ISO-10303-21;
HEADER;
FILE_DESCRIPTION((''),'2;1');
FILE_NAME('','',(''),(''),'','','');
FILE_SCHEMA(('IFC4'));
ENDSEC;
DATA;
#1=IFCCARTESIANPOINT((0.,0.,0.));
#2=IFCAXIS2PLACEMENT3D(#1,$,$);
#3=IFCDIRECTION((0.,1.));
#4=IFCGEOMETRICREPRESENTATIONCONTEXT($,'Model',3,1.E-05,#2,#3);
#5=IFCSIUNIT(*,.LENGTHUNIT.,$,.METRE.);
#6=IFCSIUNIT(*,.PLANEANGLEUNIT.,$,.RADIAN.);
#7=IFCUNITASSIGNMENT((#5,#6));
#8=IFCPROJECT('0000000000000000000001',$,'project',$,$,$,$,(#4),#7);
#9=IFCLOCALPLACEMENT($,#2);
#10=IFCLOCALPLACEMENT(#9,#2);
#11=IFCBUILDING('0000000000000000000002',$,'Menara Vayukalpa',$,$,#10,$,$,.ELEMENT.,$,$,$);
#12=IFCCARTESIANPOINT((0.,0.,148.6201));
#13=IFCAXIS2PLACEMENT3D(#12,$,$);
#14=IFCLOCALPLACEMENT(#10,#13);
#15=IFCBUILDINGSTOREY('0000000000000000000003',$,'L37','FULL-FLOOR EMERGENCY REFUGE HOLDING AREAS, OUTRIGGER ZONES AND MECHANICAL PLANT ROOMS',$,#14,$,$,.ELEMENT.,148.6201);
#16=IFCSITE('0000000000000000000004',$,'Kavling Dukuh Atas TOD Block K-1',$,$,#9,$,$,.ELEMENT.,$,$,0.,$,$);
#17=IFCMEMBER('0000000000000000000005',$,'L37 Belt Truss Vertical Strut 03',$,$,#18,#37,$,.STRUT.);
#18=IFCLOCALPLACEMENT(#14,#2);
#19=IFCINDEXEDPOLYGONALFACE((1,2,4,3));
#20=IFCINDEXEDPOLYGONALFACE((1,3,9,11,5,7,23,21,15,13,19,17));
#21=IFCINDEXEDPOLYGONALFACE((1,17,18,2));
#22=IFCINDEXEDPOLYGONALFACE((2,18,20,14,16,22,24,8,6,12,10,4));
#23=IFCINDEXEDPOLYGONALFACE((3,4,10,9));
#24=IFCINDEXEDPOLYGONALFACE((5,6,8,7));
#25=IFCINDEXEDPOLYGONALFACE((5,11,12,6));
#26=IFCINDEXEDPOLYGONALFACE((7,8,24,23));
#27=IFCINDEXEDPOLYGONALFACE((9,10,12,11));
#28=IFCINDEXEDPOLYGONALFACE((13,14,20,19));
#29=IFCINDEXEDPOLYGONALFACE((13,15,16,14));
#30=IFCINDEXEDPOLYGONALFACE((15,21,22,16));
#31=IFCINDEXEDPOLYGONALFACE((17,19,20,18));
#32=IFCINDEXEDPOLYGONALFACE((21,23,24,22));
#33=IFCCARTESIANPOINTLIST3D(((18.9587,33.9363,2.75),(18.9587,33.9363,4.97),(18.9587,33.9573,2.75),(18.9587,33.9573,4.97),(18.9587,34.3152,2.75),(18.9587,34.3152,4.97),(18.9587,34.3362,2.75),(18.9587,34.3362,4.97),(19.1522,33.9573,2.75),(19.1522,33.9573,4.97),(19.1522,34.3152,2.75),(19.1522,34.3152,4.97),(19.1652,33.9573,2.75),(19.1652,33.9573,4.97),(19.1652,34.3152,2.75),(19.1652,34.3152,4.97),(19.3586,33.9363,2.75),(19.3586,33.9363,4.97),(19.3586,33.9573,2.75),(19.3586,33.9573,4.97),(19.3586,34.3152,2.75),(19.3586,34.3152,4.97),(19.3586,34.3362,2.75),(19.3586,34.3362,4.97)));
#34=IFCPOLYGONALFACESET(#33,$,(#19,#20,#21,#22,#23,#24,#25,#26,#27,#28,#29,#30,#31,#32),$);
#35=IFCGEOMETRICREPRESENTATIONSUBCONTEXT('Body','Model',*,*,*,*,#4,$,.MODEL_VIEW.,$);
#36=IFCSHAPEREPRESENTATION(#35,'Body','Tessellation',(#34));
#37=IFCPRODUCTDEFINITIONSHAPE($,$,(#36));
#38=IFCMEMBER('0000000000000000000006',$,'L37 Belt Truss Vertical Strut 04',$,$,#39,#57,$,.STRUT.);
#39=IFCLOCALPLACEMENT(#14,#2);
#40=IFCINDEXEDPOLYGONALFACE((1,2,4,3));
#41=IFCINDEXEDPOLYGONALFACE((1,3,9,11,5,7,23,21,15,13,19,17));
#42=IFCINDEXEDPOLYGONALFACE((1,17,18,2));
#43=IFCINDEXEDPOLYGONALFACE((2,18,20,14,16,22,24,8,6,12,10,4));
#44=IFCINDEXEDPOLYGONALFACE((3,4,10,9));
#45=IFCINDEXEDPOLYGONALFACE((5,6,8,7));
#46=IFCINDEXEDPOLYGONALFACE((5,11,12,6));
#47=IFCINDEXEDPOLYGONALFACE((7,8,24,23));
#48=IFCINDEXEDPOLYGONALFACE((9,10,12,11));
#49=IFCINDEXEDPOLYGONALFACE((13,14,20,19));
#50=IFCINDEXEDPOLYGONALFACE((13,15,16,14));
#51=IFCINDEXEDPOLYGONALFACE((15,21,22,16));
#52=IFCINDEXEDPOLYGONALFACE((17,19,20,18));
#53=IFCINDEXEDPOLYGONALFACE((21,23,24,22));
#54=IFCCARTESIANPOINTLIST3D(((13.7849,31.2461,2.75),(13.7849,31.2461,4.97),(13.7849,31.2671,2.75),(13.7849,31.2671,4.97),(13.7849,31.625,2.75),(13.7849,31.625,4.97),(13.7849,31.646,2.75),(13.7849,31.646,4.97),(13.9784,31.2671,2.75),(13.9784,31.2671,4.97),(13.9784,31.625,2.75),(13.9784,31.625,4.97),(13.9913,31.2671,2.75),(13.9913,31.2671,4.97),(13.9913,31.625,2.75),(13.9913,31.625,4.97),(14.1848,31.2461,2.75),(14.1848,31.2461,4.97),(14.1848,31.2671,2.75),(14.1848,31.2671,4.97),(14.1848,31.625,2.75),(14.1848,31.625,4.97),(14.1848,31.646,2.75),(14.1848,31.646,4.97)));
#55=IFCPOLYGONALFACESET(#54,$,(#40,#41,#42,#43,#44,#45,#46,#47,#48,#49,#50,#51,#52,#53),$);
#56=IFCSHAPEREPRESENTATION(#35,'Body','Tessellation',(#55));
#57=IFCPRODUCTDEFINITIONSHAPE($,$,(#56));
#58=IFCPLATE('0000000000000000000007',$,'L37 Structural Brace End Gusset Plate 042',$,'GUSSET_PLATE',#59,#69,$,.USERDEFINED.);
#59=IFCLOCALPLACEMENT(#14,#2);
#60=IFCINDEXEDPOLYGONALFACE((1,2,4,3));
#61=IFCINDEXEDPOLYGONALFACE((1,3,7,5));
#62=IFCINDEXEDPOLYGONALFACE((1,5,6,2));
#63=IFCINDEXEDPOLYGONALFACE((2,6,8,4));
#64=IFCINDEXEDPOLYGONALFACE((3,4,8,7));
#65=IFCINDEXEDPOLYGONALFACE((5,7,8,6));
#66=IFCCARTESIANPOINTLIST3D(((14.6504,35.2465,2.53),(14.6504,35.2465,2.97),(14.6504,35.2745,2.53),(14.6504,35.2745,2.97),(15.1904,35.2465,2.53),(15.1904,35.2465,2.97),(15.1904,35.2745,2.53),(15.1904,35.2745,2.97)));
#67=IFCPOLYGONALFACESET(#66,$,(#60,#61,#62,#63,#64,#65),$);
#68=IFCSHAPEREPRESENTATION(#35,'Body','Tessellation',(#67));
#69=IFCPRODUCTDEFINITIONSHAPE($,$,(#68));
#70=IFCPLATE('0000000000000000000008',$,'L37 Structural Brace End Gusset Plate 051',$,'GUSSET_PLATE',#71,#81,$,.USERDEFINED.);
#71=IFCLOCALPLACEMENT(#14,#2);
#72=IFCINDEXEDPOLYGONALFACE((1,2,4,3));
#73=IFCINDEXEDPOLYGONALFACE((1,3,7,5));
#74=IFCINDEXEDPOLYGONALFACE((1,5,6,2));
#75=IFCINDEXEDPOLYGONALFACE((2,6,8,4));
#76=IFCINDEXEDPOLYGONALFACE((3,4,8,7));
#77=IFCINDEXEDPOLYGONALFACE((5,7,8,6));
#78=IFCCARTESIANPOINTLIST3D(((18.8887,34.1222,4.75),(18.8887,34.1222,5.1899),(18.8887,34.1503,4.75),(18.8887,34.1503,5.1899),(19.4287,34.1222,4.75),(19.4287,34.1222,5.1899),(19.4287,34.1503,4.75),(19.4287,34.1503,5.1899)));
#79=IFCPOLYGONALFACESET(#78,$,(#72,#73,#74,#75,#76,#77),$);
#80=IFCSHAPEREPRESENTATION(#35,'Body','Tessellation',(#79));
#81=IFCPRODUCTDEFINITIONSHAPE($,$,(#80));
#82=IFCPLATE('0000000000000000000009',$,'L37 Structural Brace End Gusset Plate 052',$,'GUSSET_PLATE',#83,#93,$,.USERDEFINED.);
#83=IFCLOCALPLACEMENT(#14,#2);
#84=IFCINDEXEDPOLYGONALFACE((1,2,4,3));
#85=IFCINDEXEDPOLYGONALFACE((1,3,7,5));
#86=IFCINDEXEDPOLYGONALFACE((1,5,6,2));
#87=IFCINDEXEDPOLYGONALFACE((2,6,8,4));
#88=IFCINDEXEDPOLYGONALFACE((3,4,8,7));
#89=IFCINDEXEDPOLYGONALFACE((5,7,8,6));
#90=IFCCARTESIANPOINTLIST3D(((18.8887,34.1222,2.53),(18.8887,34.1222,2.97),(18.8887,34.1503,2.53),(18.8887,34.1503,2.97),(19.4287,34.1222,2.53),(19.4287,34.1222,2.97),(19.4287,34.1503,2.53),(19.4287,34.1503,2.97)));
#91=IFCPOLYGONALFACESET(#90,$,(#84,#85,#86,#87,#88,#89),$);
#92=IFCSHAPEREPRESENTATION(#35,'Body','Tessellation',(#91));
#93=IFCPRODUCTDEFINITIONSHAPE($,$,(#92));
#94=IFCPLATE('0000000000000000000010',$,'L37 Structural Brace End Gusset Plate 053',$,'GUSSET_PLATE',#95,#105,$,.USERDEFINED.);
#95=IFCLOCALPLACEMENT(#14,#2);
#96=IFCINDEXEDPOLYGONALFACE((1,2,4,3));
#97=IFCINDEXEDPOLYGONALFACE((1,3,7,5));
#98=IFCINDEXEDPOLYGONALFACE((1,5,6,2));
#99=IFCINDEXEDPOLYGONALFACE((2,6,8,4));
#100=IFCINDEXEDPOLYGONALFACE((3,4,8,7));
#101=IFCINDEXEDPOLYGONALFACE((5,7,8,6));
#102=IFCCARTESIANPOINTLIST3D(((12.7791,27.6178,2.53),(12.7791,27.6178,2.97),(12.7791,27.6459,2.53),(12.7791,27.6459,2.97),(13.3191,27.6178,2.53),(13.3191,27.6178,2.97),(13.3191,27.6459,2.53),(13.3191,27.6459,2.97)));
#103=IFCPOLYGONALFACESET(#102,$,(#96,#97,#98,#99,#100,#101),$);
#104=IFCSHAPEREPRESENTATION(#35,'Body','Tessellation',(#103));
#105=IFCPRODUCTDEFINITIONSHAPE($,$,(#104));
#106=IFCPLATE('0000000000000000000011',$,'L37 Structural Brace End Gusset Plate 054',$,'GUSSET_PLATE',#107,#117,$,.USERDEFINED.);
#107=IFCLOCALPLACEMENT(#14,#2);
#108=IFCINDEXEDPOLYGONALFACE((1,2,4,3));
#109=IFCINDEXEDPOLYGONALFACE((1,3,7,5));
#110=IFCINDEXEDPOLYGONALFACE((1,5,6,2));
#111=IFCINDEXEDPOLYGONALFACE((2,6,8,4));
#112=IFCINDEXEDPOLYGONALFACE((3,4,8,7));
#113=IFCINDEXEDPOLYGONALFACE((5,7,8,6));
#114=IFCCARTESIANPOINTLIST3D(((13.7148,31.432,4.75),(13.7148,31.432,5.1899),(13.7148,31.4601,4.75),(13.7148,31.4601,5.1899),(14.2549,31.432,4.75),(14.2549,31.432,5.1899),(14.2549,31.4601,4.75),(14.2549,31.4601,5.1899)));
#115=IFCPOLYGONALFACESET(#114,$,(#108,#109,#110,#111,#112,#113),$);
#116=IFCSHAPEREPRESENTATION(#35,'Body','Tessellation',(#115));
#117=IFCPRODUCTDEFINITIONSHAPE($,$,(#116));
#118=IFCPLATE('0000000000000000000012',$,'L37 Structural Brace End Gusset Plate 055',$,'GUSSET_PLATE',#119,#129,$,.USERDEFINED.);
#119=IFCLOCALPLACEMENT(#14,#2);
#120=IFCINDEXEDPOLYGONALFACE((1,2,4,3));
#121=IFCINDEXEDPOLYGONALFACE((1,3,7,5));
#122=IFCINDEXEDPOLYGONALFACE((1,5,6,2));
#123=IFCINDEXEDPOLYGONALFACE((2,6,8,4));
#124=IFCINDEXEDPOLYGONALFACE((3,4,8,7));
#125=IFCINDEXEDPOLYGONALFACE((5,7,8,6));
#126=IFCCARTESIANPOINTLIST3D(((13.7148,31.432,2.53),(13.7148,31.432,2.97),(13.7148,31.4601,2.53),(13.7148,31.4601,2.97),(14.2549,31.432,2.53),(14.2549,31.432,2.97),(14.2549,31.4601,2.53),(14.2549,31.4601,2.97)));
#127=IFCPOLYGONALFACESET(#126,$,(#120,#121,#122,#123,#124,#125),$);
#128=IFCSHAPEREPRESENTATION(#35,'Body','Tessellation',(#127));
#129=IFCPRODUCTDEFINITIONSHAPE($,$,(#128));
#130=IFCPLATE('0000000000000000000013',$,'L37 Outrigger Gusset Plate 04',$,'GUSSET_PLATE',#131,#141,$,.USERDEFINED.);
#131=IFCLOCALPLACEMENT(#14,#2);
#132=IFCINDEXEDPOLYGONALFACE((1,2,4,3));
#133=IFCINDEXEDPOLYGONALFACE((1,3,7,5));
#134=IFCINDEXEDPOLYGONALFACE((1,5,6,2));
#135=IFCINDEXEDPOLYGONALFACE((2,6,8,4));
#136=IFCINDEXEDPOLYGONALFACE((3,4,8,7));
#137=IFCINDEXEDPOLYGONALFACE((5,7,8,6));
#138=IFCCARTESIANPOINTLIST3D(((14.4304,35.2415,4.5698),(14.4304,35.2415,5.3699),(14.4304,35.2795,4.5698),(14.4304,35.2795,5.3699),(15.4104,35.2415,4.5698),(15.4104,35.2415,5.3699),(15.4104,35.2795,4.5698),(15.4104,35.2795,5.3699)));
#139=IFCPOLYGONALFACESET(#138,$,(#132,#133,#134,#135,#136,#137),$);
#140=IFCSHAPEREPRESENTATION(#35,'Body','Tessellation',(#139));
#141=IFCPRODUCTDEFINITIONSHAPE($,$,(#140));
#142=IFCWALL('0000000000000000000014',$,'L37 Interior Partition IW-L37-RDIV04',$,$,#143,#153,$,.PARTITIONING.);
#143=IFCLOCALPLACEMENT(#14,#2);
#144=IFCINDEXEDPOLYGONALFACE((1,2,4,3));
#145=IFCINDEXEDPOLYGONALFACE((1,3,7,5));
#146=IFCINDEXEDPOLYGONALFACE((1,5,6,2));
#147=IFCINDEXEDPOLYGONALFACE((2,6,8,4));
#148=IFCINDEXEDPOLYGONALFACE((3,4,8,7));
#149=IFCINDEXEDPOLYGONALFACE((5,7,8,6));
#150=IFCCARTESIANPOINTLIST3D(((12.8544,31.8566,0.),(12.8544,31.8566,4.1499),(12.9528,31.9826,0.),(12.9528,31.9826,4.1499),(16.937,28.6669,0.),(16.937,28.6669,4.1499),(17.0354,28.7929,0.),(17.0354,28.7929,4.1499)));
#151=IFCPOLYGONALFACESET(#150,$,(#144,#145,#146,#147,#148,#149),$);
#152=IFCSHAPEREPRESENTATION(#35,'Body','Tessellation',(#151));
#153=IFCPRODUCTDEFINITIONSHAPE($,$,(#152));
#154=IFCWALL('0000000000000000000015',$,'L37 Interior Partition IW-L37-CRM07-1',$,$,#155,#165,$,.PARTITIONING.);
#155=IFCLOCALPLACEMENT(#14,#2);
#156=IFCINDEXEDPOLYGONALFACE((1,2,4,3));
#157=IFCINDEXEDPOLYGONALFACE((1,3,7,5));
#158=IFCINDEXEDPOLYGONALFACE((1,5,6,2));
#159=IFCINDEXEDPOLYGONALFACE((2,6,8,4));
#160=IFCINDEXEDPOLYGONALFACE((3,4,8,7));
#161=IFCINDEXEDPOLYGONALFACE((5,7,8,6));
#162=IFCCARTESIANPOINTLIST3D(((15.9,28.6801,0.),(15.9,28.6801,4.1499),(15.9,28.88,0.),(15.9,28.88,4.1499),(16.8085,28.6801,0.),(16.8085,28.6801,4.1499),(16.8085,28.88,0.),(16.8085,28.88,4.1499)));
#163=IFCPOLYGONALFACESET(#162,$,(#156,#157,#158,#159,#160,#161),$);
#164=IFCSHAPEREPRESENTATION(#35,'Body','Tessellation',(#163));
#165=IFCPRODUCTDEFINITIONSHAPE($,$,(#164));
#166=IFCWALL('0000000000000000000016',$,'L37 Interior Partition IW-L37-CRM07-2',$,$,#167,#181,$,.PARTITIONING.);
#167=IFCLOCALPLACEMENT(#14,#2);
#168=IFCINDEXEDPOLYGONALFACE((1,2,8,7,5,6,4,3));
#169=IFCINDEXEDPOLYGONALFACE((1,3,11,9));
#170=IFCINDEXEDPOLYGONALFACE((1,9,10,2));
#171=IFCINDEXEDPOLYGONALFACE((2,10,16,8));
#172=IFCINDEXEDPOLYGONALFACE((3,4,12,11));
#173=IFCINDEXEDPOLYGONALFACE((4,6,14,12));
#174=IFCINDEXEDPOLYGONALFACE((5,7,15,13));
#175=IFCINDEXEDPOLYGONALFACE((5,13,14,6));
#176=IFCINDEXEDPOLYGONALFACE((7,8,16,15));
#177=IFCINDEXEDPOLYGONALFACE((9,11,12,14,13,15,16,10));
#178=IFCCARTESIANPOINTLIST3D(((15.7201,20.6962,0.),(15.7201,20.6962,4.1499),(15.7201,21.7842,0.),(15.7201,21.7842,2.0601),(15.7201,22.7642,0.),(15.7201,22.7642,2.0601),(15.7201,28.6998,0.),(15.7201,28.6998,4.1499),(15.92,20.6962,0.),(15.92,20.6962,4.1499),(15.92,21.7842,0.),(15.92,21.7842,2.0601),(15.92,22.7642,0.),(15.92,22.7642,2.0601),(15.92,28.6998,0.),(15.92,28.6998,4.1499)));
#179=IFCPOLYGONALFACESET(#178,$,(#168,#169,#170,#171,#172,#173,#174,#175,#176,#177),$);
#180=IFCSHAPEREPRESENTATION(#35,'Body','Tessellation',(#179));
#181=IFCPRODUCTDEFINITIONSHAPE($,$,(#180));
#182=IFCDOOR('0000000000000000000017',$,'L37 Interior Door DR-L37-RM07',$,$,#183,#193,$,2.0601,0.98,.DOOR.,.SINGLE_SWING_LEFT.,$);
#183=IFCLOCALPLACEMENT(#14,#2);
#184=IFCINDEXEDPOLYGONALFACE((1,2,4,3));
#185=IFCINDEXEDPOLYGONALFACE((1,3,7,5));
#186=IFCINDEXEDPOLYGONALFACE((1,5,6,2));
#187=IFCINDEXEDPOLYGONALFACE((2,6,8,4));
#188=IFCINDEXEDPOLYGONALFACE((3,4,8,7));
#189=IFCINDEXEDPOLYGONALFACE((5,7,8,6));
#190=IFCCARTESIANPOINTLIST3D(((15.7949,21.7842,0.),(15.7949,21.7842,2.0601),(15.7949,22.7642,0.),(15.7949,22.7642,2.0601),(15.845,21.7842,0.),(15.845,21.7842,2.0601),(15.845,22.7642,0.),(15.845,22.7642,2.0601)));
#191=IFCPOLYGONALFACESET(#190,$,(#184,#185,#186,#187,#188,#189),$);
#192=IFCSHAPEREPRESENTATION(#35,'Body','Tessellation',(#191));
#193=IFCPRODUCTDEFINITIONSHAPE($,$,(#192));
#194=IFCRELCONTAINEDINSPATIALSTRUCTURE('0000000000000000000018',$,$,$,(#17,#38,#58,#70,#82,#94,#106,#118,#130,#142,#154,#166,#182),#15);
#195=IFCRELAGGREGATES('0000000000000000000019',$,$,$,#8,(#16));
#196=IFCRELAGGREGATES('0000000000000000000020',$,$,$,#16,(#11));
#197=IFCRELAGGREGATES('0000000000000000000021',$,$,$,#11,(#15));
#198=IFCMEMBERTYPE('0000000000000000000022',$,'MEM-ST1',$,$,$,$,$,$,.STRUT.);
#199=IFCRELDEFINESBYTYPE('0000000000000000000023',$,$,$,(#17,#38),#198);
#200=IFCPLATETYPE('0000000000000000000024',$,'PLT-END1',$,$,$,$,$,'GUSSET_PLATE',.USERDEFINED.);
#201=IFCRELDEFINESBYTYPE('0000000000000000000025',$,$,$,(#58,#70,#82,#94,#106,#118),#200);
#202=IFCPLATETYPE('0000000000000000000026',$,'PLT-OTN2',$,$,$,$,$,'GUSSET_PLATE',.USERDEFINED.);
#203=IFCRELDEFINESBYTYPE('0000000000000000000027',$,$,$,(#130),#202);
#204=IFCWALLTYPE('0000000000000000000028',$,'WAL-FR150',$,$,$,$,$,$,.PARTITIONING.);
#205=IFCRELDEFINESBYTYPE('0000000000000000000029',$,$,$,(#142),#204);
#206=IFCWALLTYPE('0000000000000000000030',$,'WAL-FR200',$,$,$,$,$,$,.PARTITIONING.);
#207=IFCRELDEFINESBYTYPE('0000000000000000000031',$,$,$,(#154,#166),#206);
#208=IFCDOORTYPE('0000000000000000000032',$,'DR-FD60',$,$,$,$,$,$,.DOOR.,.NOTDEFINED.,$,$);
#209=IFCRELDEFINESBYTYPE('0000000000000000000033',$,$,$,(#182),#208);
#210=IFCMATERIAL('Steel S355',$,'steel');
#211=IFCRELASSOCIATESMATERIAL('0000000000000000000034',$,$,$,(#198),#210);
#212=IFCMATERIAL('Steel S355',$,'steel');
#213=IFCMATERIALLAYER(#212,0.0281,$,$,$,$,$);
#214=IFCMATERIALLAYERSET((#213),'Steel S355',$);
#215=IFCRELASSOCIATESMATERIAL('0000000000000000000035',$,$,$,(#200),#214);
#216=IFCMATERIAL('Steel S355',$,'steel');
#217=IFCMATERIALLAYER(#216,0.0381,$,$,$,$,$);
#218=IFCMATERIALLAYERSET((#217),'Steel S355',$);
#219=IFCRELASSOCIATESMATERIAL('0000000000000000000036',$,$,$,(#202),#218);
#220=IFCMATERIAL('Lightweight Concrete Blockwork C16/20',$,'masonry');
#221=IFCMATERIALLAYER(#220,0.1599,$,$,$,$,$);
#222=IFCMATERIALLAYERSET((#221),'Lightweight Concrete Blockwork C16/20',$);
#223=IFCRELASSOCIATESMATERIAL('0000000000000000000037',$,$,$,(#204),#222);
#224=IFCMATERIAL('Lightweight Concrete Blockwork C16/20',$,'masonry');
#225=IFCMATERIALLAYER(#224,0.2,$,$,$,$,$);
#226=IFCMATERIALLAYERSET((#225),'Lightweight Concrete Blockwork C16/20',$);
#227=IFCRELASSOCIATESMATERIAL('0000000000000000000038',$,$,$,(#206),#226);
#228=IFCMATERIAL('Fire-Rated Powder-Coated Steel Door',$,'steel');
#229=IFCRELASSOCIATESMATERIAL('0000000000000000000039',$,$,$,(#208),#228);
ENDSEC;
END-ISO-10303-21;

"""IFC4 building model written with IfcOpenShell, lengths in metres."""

from ifc_helpers import new_model, si_unit, direction, frame, frame_2d, origin, origin_2d, place, context, subcontext, project, spatial, rectangle, i_section, extrude, material, layer, layer_set, material_profile, profile_set, type_object, element, fill, save


model = new_model("IFC4")

# Units and contexts
model_context = context("Model", 3, precision=1e-05, world=origin(), true_north=direction((0.0, 1.0)))
body_context = subcontext(model_context, "Body", "Model", "MODEL_VIEW")
ifc_project = project(units=[si_unit("LENGTHUNIT", "METRE"), si_unit("PLANEANGLEUNIT", "RADIAN")], contexts=[model_context])

# Site, building, storey
site_placement = place(None, origin())
site = spatial("IfcSite", under=ifc_project, at=site_placement, Name="Kavling Dukuh Atas TOD Block K-1", CompositionType="ELEMENT", RefElevation=0.0)
building_placement = place(site_placement, origin())
building = spatial("IfcBuilding", under=site, at=building_placement, Name="Menara Vayukalpa", CompositionType="ELEMENT")
storey_placement = place(building_placement, frame((0.0, 0.0, 148.6201)))
storey = spatial("IfcBuildingStorey", under=building, at=storey_placement, Name="L37", Description="FULL-FLOOR EMERGENCY REFUGE HOLDING AREAS, OUTRIGGER ZONES AND MECHANICAL PLANT ROOMS", CompositionType="ELEMENT", Elevation=148.6201)

# Members
ifc_material_1 = material(Name="Steel S355", Category="steel")
ifc_material_profile_1 = material_profile(ifc_material_1, i_section(OverallWidth=0.3999, OverallDepth=0.3999, WebThickness=0.0129, FlangeThickness=0.021, at=origin_2d()), Name="H 400x400x13x21")
ifc_profile_set_1 = profile_set([ifc_material_profile_1], Name="Steel S355")
member_type_1 = type_object("IfcMemberType", Name="MEM-ST1", PredefinedType="STRUT", material=ifc_profile_set_1)
for number, where, z_axis, x_axis, name in (
    (1, (19.1587, 34.1362, 2.75), (0.0, 0.0, 1.0), (1.0, 0.0, 0.0), "L37 Belt Truss Vertical Strut 03"),
    (2, (13.9849, 31.446, 2.75), (0.0, 0.0, 1.0), (1.0, 0.0, 0.0), "L37 Belt Truss Vertical Strut 04"),
):
    element("IfcMember", number, at=place(storey_placement, frame(where, z_axis=z_axis, x_axis=x_axis)), inside=storey, type_object=member_type_1, Name=name, PredefinedType="STRUT", context=body_context, shape_type="SweptSolid", body=[
        extrude(i_section(OverallWidth=0.3999, OverallDepth=0.3999, WebThickness=0.0129, FlangeThickness=0.021, at=origin_2d()), origin(), (0.0, 0.0, 1.0), 2.22),
    ])

# Plates
ifc_material_2 = material(Name="Steel S355", Category="steel")
ifc_layer_1 = layer(ifc_material_2, 0.0281)
ifc_layer_set_1 = layer_set([ifc_layer_1], Name="Steel S355")
plate_type_1 = type_object("IfcPlateType", Name="PLT-END1", ElementType="GUSSET_PLATE", PredefinedType="USERDEFINED", material=ifc_layer_set_1)
for number, where, z_axis, x_axis, name in (
    (3, (14.9204, 35.2605, 2.53), (0.0, 0.0, 1.0), (1.0, 0.0, 0.0), "L37 Structural Brace End Gusset Plate 042"),
    (4, (19.1587, 34.1362, 4.75), (0.0, 0.0, 1.0), (1.0, 0.0, 0.0), "L37 Structural Brace End Gusset Plate 051"),
    (5, (19.1587, 34.1362, 2.53), (0.0, 0.0, 1.0), (1.0, 0.0, 0.0), "L37 Structural Brace End Gusset Plate 052"),
    (6, (13.0491, 27.6318, 2.53), (0.0, 0.0, 1.0), (1.0, 0.0, 0.0), "L37 Structural Brace End Gusset Plate 053"),
    (7, (13.9849, 31.446, 4.75), (0.0, 0.0, 1.0), (1.0, 0.0, 0.0), "L37 Structural Brace End Gusset Plate 054"),
    (8, (13.9849, 31.446, 2.53), (0.0, 0.0, 1.0), (1.0, 0.0, 0.0), "L37 Structural Brace End Gusset Plate 055"),
):
    element("IfcPlate", number, at=place(storey_placement, frame(where, z_axis=z_axis, x_axis=x_axis)), inside=storey, type_object=plate_type_1, Name=name, ObjectType="GUSSET_PLATE", PredefinedType="USERDEFINED", context=body_context, shape_type="SweptSolid", body=[
        extrude(rectangle(XDim=0.54, YDim=0.0281, at=origin_2d()), origin(), (0.0, 0.0, 1.0), 0.4399),
    ])
ifc_material_3 = material(Name="Steel S355", Category="steel")
ifc_layer_2 = layer(ifc_material_3, 0.0381)
ifc_layer_set_2 = layer_set([ifc_layer_2], Name="Steel S355")
plate_type_2 = type_object("IfcPlateType", Name="PLT-OTN2", ElementType="GUSSET_PLATE", PredefinedType="USERDEFINED", material=ifc_layer_set_2)
plate_placement = place(storey_placement, frame((14.9204, 35.2605, 4.5698), z_axis=(0.0, 0.0, 1.0), x_axis=(1.0, 0.0, 0.0)))
element("IfcPlate", 9, at=plate_placement, inside=storey, type_object=plate_type_2, Name="L37 Outrigger Gusset Plate 04", ObjectType="GUSSET_PLATE", PredefinedType="USERDEFINED", context=body_context, shape_type="SweptSolid", body=[
    extrude(rectangle(XDim=0.98, YDim=0.0381, at=origin_2d()), origin(), (0.0, 0.0, 1.0), 0.8),
])

# Walls
ifc_material_4 = material(Name="Lightweight Concrete Blockwork C16/20", Category="masonry")
ifc_layer_3 = layer(ifc_material_4, 0.1599)
ifc_layer_set_3 = layer_set([ifc_layer_3], Name="Lightweight Concrete Blockwork C16/20")
wall_type_1 = type_object("IfcWallType", Name="WAL-FR150", PredefinedType="PARTITIONING", material=ifc_layer_set_3)
wall_1_placement = place(storey_placement, frame((16.9861, 28.73, 0.0), z_axis=(0.0, 0.0, 1.0), x_axis=(-0.788003, 0.615671, 0.0)))
element("IfcWall", 10, at=wall_1_placement, inside=storey, type_object=wall_type_1, Name="L37 Interior Partition IW-L37-RDIV04", PredefinedType="PARTITIONING", context=body_context, shape_type="SweptSolid", body=[
    extrude(rectangle(XDim=5.1809, YDim=0.1599, at=frame_2d((2.5903, 0.0))), origin(), (0.0, 0.0, 1.0), 4.1499),
])
ifc_material_5 = material(Name="Lightweight Concrete Blockwork C16/20", Category="masonry")
ifc_layer_4 = layer(ifc_material_5, 0.2)
ifc_layer_set_4 = layer_set([ifc_layer_4], Name="Lightweight Concrete Blockwork C16/20")
wall_type_2 = type_object("IfcWallType", Name="WAL-FR200", PredefinedType="PARTITIONING", material=ifc_layer_set_4)
wall_2_placement = place(storey_placement, frame((16.8083, 28.78, 0.0), z_axis=(0.0, 0.0, 1.0), x_axis=(-1.0, 0.0, 0.0)))
element("IfcWall", 11, at=wall_2_placement, inside=storey, type_object=wall_type_2, Name="L37 Interior Partition IW-L37-CRM07-1", PredefinedType="PARTITIONING", context=body_context, shape_type="SweptSolid", body=[
    extrude(rectangle(XDim=0.9084, YDim=0.2, at=frame_2d((0.4541, 0.0))), origin(), (0.0, 0.0, 1.0), 4.1499),
])

# Wall, opening, door
wall_3_placement = place(storey_placement, frame((15.8201, 28.7, 0.0), z_axis=(0.0, 0.0, 1.0), x_axis=(0.0, -1.0, 0.0)))
wall_3 = element("IfcWall", 12, at=wall_3_placement, inside=storey, type_object=wall_type_2, Name="L37 Interior Partition IW-L37-CRM07-2", PredefinedType="PARTITIONING", context=body_context, shape_type="SweptSolid", body=[
    extrude(rectangle(XDim=8.0037, YDim=0.2, at=frame_2d((4.002, 0.0))), origin(), (0.0, 0.0, 1.0), 4.1499),
])
opening_placement = place(wall_3_placement, frame((5.9358, 0.0, 0.0)))
opening = element("IfcOpeningElement", 13, at=opening_placement, cuts=wall_3, PredefinedType="OPENING", context=body_context, shape_type="SweptSolid", body=[
    extrude(rectangle(XDim=0.98, YDim=2.0601, at=frame_2d((0.49, 1.03))), frame((0.0, 0.1099, 0.0), z_axis=(0.0, -1.0, 0.0), x_axis=(1.0, 0.0, 0.0)), (0.0, 0.0, 1.0), 0.22),
])
ifc_material_6 = material(Name="Fire-Rated Powder-Coated Steel Door", Category="steel")
door_type = type_object("IfcDoorType", Name="DR-FD60", OperationType="NOTDEFINED", PredefinedType="DOOR", material=ifc_material_6)
door_placement = place(opening_placement, origin())
door = element("IfcDoor", 14, at=door_placement, inside=storey, type_object=door_type, Name="L37 Interior Door DR-L37-RM07", OperationType="SINGLE_SWING_LEFT", OverallHeight=2.0601, OverallWidth=0.98, PredefinedType="DOOR", context=body_context, shape_type="SweptSolid", body=[
    extrude(rectangle(XDim=0.98, YDim=2.0601, at=frame_2d((0.49, 1.03))), frame((0.0, 0.0249, 0.0), z_axis=(0.0, -1.0, 0.0), x_axis=(1.0, 0.0, 0.0)), (0.0, 0.0, 1.0), 0.05),
])
fill(opening, door)

save(model, "model.ifc")
